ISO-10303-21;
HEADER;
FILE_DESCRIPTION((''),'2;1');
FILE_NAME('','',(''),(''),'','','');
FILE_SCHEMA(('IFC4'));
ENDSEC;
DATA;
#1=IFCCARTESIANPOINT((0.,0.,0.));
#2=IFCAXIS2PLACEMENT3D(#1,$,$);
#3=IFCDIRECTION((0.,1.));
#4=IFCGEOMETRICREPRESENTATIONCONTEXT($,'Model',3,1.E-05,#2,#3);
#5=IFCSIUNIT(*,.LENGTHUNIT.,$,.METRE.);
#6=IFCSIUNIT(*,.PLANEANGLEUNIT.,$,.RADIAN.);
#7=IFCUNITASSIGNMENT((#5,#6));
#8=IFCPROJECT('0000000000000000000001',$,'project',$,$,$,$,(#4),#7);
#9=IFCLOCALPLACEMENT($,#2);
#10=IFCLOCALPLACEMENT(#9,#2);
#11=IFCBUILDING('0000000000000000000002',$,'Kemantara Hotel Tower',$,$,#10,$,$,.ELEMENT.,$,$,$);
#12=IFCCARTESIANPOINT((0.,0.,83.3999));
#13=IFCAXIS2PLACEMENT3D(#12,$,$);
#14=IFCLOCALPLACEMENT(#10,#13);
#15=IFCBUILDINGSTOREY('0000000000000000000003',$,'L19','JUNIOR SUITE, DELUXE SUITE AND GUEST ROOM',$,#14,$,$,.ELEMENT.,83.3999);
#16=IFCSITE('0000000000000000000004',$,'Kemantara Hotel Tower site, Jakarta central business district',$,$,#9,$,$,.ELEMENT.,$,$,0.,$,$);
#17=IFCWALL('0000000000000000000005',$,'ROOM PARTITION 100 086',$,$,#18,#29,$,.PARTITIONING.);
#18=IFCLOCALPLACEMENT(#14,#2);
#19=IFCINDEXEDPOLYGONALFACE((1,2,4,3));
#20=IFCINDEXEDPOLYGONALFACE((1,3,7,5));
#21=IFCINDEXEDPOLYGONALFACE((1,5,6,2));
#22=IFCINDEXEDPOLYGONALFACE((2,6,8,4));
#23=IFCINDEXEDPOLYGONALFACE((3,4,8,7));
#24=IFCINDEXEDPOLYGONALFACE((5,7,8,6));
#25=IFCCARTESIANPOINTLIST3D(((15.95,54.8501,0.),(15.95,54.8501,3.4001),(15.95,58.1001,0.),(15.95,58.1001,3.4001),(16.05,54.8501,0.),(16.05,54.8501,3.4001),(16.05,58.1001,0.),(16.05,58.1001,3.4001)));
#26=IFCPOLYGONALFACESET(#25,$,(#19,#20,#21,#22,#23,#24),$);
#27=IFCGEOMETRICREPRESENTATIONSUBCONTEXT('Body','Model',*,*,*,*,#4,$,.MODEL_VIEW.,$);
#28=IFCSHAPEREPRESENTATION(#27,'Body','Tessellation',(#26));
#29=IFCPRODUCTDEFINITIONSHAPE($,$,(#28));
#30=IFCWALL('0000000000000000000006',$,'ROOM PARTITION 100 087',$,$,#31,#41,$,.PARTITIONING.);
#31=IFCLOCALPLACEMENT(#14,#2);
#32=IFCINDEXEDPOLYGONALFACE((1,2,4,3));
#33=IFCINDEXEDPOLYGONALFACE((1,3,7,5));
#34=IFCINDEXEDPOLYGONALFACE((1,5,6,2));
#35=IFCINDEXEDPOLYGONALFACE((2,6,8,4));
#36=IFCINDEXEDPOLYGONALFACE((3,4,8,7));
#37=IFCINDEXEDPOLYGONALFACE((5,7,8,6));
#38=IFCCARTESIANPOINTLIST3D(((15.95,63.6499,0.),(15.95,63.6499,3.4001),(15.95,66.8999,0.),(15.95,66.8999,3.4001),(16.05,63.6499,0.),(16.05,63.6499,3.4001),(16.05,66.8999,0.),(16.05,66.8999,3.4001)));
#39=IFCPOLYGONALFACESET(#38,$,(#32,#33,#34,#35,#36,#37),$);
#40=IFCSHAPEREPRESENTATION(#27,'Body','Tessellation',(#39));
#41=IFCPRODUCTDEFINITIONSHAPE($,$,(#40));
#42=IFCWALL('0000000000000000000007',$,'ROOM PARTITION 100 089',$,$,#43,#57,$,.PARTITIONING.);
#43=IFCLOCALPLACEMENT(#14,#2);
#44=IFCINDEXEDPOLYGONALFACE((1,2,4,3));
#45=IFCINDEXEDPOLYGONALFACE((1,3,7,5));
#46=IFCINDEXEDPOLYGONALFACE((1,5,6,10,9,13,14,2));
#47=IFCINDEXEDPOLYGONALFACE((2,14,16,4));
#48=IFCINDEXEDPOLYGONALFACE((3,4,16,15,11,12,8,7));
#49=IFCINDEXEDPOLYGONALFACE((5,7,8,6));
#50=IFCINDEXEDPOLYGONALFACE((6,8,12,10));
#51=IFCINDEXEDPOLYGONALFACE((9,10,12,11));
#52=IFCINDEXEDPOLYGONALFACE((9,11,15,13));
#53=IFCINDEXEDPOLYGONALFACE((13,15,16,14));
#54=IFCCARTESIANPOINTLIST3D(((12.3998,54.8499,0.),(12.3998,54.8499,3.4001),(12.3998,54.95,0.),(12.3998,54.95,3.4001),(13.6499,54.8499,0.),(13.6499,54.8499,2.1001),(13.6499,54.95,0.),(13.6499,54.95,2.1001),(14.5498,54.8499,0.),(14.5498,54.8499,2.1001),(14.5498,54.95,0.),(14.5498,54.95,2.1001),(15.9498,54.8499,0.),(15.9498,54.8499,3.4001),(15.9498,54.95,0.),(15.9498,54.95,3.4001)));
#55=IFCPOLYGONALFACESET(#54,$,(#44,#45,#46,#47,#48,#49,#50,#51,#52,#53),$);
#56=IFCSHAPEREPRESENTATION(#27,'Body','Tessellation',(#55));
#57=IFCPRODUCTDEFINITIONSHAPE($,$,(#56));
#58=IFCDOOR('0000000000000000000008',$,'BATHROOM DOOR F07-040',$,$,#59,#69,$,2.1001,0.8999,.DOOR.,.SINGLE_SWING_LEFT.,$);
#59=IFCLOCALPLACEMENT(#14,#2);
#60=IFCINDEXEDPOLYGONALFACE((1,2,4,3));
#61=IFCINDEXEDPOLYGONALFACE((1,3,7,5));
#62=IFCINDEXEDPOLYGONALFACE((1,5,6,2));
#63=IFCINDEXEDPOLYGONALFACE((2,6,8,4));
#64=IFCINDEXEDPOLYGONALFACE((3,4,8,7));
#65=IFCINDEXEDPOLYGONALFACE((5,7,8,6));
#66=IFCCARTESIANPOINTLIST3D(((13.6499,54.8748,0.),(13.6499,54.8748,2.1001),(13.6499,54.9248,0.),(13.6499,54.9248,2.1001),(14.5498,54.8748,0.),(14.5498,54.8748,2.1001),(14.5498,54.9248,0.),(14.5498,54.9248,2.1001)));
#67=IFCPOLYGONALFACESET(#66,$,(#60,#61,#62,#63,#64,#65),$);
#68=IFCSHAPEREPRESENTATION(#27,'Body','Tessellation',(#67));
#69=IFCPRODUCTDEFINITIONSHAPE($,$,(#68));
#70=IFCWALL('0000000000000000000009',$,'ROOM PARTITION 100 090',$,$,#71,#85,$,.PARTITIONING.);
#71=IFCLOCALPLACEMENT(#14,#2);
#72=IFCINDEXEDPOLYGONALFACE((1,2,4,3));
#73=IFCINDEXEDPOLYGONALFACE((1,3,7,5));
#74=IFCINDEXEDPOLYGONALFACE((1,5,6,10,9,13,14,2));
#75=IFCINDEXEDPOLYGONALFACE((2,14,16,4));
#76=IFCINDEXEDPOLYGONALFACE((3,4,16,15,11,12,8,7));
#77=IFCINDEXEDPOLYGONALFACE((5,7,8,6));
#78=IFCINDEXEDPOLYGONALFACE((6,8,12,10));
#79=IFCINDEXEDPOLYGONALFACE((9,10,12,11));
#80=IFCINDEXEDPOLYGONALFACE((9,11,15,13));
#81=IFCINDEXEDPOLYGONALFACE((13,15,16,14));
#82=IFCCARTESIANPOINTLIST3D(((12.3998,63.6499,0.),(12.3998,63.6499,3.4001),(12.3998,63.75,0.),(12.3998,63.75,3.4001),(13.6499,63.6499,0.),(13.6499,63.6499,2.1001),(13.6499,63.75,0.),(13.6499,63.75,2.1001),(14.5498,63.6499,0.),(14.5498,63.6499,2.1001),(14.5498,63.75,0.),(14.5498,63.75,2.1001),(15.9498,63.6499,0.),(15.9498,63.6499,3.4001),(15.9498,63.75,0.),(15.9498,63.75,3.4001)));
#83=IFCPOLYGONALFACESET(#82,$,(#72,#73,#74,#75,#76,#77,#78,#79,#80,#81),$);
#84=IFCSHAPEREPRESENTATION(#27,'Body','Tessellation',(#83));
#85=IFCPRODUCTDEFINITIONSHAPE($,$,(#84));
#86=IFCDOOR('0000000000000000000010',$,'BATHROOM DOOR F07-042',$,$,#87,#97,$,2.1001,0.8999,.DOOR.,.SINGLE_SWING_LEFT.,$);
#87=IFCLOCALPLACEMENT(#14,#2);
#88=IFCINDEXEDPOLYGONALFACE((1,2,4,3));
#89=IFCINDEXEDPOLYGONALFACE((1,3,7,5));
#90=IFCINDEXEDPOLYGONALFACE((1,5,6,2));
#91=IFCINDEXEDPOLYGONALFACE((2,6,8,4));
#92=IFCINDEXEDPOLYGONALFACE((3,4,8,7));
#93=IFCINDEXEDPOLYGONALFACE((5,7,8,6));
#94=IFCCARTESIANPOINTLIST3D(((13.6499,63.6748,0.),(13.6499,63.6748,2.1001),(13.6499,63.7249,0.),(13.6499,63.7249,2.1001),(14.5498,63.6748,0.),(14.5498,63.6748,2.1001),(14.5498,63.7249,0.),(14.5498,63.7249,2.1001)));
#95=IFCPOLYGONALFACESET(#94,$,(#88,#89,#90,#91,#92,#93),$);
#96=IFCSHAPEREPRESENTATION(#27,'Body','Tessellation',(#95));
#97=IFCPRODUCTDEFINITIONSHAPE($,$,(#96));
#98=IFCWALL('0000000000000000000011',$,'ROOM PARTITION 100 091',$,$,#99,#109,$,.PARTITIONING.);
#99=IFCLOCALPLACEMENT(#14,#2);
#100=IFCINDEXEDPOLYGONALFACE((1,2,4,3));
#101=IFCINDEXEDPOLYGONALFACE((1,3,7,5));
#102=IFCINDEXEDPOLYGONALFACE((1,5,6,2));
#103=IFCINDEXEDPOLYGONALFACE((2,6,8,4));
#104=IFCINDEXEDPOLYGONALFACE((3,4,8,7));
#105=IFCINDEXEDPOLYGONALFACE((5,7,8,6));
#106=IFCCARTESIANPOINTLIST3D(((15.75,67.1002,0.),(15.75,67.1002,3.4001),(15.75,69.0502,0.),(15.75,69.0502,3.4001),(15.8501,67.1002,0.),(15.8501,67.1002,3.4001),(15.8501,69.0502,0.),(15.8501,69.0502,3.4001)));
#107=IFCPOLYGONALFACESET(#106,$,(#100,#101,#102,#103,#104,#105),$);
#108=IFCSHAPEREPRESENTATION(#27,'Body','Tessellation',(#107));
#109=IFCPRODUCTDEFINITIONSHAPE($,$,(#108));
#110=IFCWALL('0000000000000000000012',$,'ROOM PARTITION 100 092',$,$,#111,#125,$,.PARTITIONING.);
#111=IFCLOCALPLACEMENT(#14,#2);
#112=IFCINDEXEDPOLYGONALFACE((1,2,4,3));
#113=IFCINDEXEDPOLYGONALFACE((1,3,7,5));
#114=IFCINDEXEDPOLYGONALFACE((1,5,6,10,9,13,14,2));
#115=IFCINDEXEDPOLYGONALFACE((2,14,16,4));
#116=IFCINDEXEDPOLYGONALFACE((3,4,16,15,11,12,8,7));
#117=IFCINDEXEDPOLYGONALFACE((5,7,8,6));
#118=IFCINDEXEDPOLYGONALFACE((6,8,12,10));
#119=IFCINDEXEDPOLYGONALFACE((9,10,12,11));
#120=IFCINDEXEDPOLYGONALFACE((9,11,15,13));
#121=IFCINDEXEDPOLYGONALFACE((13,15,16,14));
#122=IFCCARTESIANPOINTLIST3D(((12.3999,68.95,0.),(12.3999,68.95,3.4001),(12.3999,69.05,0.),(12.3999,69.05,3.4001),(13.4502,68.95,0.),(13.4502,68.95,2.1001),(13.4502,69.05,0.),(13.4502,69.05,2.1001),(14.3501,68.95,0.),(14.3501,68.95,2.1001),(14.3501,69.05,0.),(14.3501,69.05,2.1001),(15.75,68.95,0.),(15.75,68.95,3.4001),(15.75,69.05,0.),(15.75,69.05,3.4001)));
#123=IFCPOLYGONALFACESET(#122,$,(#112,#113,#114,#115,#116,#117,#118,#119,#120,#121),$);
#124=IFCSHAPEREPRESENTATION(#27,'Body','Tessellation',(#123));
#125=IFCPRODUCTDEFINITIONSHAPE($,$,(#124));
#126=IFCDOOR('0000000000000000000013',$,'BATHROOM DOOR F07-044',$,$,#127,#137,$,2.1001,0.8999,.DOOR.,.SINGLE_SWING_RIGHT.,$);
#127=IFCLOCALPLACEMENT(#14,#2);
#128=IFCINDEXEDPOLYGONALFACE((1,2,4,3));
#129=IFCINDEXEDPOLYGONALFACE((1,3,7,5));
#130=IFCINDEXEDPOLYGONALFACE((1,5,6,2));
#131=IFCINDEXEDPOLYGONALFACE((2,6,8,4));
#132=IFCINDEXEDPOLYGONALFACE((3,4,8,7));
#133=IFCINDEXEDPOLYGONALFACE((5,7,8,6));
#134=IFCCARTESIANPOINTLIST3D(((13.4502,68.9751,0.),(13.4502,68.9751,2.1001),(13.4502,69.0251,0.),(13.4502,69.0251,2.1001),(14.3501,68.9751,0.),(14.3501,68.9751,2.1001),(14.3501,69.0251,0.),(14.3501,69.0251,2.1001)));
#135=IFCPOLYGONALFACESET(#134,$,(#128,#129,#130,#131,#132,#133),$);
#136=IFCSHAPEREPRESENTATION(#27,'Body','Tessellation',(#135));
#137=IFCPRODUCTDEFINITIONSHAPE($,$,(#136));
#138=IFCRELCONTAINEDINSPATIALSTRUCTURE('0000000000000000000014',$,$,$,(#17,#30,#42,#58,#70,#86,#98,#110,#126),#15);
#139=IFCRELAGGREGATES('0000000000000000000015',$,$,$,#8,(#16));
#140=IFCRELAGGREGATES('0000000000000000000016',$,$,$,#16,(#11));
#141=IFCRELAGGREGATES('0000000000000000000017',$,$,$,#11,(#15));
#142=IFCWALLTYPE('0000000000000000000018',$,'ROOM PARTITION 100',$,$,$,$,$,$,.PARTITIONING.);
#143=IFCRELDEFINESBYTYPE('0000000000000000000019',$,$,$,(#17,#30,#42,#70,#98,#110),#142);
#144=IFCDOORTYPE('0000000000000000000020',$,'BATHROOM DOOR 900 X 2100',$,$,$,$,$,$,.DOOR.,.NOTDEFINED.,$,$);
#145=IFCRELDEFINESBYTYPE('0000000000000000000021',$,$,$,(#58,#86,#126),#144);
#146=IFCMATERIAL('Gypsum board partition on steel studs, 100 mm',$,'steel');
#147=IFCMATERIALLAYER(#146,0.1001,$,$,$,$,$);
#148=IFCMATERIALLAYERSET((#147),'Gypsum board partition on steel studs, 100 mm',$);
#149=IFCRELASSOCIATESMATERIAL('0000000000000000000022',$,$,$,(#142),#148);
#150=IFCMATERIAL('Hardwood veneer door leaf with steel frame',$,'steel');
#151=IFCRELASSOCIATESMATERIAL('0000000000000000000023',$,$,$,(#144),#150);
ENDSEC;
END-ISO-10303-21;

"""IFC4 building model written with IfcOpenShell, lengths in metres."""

from ifc_helpers import new_model, si_unit, direction, frame, frame_2d, origin, place, context, subcontext, project, spatial, rectangle, extrude, material, layer, layer_set, type_object, element, fill, save


model = new_model("IFC4")

# Units and contexts
model_context = context("Model", 3, precision=1e-05, world=origin(), true_north=direction((0.0, 1.0)))
body_context = subcontext(model_context, "Body", "Model", "MODEL_VIEW")
ifc_project = project(units=[si_unit("LENGTHUNIT", "METRE"), si_unit("PLANEANGLEUNIT", "RADIAN")], contexts=[model_context])

# Site, building, storey
site_placement = place(None, origin())
site = spatial("IfcSite", under=ifc_project, at=site_placement, Name="Kemantara Hotel Tower site, Jakarta central business district", CompositionType="ELEMENT", RefElevation=0.0)
building_placement = place(site_placement, origin())
building = spatial("IfcBuilding", under=site, at=building_placement, Name="Kemantara Hotel Tower", CompositionType="ELEMENT")
storey_placement = place(building_placement, frame((0.0, 0.0, 83.3999)))
storey = spatial("IfcBuildingStorey", under=building, at=storey_placement, Name="L19", Description="JUNIOR SUITE, DELUXE SUITE AND GUEST ROOM", CompositionType="ELEMENT", Elevation=83.3999)

# Walls
ifc_material_1 = material(Name="Gypsum board partition on steel studs, 100 mm", Category="steel")
ifc_layer_1 = layer(ifc_material_1, 0.1001)
ifc_layer_set_1 = layer_set([ifc_layer_1], Name="Gypsum board partition on steel studs, 100 mm")
wall_type_1 = type_object("IfcWallType", Name="ROOM PARTITION 100", PredefinedType="PARTITIONING", material=ifc_layer_set_1)
for number, where, z_axis, x_axis, name in (
    (1, (16.0, 54.8501, 0.0), (0.0, 0.0, 1.0), (0.0, 1.0, 0.0), "ROOM PARTITION 100 086"),
    (2, (16.0, 63.6499, 0.0), (0.0, 0.0, 1.0), (0.0, 1.0, 0.0), "ROOM PARTITION 100 087"),
):
    element("IfcWall", number, at=place(storey_placement, frame(where, z_axis=z_axis, x_axis=x_axis)), inside=storey, type_object=wall_type_1, Name=name, PredefinedType="PARTITIONING", context=body_context, shape_type="SweptSolid", body=[
        extrude(rectangle(XDim=3.25, YDim=0.1001, at=frame_2d((1.625, 0.0))), origin(), (0.0, 0.0, 1.0), 3.4001),
    ])

# Walls, openings, doors
wall_1_placement = place(storey_placement, frame((12.3999, 54.8999, 0.0), z_axis=(0.0, 0.0, 1.0), x_axis=(1.0, 0.0, 0.0)))
wall_1 = element("IfcWall", 3, at=wall_1_placement, inside=storey, type_object=wall_type_1, Name="ROOM PARTITION 100 089", PredefinedType="PARTITIONING", context=body_context, shape_type="SweptSolid", body=[
    extrude(rectangle(XDim=3.55, YDim=0.1001, at=frame_2d((1.7749, 0.0))), origin(), (0.0, 0.0, 1.0), 3.4001),
])
opening_1_placement = place(wall_1_placement, frame((1.25, 0.0, 0.0)))
opening_1 = element("IfcOpeningElement", 4, at=opening_1_placement, cuts=wall_1, PredefinedType="OPENING", context=body_context, shape_type="SweptSolid", body=[
    extrude(rectangle(XDim=0.8999, YDim=2.1001, at=frame_2d((0.45, 1.05))), frame((0.0, 0.0601, 0.0), z_axis=(0.0, -1.0, 0.0), x_axis=(1.0, 0.0, 0.0)), (0.0, 0.0, 1.0), 0.1201),
])
ifc_material_2 = material(Name="Hardwood veneer door leaf with steel frame", Category="steel")
door_type = type_object("IfcDoorType", Name="BATHROOM DOOR 900 X 2100", OperationType="NOTDEFINED", PredefinedType="DOOR", material=ifc_material_2)
door_1_placement = place(opening_1_placement, origin())
door_1 = element("IfcDoor", 5, at=door_1_placement, inside=storey, type_object=door_type, Name="BATHROOM DOOR F07-040", OperationType="SINGLE_SWING_LEFT", OverallHeight=2.1001, OverallWidth=0.8999, PredefinedType="DOOR", context=body_context, shape_type="SweptSolid", body=[
    extrude(rectangle(XDim=0.8999, YDim=2.1001, at=frame_2d((0.45, 1.05))), frame((0.0, 0.0249, 0.0), z_axis=(0.0, -1.0, 0.0), x_axis=(1.0, 0.0, 0.0)), (0.0, 0.0, 1.0), 0.05),
])
fill(opening_1, door_1)
wall_2_placement = place(storey_placement, frame((12.3999, 63.7, 0.0), z_axis=(0.0, 0.0, 1.0), x_axis=(1.0, 0.0, 0.0)))
wall_2 = element("IfcWall", 6, at=wall_2_placement, inside=storey, type_object=wall_type_1, Name="ROOM PARTITION 100 090", PredefinedType="PARTITIONING", context=body_context, shape_type="SweptSolid", body=[
    extrude(rectangle(XDim=3.55, YDim=0.1001, at=frame_2d((1.7749, 0.0))), origin(), (0.0, 0.0, 1.0), 3.4001),
])
opening_2_placement = place(wall_2_placement, frame((1.25, 0.0, 0.0)))
opening_2 = element("IfcOpeningElement", 7, at=opening_2_placement, cuts=wall_2, PredefinedType="OPENING", context=body_context, shape_type="SweptSolid", body=[
    extrude(rectangle(XDim=0.8999, YDim=2.1001, at=frame_2d((0.45, 1.05))), frame((0.0, 0.0601, 0.0), z_axis=(0.0, -1.0, 0.0), x_axis=(1.0, 0.0, 0.0)), (0.0, 0.0, 1.0), 0.1201),
])
door_2_placement = place(opening_2_placement, origin())
door_2 = element("IfcDoor", 8, at=door_2_placement, inside=storey, type_object=door_type, Name="BATHROOM DOOR F07-042", OperationType="SINGLE_SWING_LEFT", OverallHeight=2.1001, OverallWidth=0.8999, PredefinedType="DOOR", context=body_context, shape_type="SweptSolid", body=[
    extrude(rectangle(XDim=0.8999, YDim=2.1001, at=frame_2d((0.45, 1.05))), frame((0.0, 0.0249, 0.0), z_axis=(0.0, -1.0, 0.0), x_axis=(1.0, 0.0, 0.0)), (0.0, 0.0, 1.0), 0.05),
])
fill(opening_2, door_2)

# Wall
wall_3_placement = place(storey_placement, frame((15.8, 67.1001, 0.0), z_axis=(0.0, 0.0, 1.0), x_axis=(0.0, 1.0, 0.0)))
element("IfcWall", 9, at=wall_3_placement, inside=storey, type_object=wall_type_1, Name="ROOM PARTITION 100 091", PredefinedType="PARTITIONING", context=body_context, shape_type="SweptSolid", body=[
    extrude(rectangle(XDim=1.95, YDim=0.1001, at=frame_2d((0.9751, 0.0))), origin(), (0.0, 0.0, 1.0), 3.4001),
])

# Wall, opening, door
wall_4_placement = place(storey_placement, frame((15.75, 69.0, 0.0), z_axis=(0.0, 0.0, 1.0), x_axis=(-1.0, 0.0, 0.0)))
wall_4 = element("IfcWall", 10, at=wall_4_placement, inside=storey, type_object=wall_type_1, Name="ROOM PARTITION 100 092", PredefinedType="PARTITIONING", context=body_context, shape_type="SweptSolid", body=[
    extrude(rectangle(XDim=3.3501, YDim=0.1001, at=frame_2d((1.675, 0.0))), origin(), (0.0, 0.0, 1.0), 3.4001),
])
opening_3_placement = place(wall_4_placement, frame((1.3999, 0.0, 0.0)))
opening_3 = element("IfcOpeningElement", 11, at=opening_3_placement, cuts=wall_4, PredefinedType="OPENING", context=body_context, shape_type="SweptSolid", body=[
    extrude(rectangle(XDim=0.8999, YDim=2.1001, at=frame_2d((0.45, 1.05))), frame((0.0, 0.0601, 0.0), z_axis=(0.0, -1.0, 0.0), x_axis=(1.0, 0.0, 0.0)), (0.0, 0.0, 1.0), 0.1201),
])
door_3_placement = place(opening_3_placement, origin())
door_3 = element("IfcDoor", 12, at=door_3_placement, inside=storey, type_object=door_type, Name="BATHROOM DOOR F07-044", OperationType="SINGLE_SWING_RIGHT", OverallHeight=2.1001, OverallWidth=0.8999, PredefinedType="DOOR", context=body_context, shape_type="SweptSolid", body=[
    extrude(rectangle(XDim=0.8999, YDim=2.1001, at=frame_2d((0.45, 1.05))), frame((0.0, 0.0249, 0.0), z_axis=(0.0, -1.0, 0.0), x_axis=(1.0, 0.0, 0.0)), (0.0, 0.0, 1.0), 0.05),
])
fill(opening_3, door_3)

save(model, "model.ifc")
